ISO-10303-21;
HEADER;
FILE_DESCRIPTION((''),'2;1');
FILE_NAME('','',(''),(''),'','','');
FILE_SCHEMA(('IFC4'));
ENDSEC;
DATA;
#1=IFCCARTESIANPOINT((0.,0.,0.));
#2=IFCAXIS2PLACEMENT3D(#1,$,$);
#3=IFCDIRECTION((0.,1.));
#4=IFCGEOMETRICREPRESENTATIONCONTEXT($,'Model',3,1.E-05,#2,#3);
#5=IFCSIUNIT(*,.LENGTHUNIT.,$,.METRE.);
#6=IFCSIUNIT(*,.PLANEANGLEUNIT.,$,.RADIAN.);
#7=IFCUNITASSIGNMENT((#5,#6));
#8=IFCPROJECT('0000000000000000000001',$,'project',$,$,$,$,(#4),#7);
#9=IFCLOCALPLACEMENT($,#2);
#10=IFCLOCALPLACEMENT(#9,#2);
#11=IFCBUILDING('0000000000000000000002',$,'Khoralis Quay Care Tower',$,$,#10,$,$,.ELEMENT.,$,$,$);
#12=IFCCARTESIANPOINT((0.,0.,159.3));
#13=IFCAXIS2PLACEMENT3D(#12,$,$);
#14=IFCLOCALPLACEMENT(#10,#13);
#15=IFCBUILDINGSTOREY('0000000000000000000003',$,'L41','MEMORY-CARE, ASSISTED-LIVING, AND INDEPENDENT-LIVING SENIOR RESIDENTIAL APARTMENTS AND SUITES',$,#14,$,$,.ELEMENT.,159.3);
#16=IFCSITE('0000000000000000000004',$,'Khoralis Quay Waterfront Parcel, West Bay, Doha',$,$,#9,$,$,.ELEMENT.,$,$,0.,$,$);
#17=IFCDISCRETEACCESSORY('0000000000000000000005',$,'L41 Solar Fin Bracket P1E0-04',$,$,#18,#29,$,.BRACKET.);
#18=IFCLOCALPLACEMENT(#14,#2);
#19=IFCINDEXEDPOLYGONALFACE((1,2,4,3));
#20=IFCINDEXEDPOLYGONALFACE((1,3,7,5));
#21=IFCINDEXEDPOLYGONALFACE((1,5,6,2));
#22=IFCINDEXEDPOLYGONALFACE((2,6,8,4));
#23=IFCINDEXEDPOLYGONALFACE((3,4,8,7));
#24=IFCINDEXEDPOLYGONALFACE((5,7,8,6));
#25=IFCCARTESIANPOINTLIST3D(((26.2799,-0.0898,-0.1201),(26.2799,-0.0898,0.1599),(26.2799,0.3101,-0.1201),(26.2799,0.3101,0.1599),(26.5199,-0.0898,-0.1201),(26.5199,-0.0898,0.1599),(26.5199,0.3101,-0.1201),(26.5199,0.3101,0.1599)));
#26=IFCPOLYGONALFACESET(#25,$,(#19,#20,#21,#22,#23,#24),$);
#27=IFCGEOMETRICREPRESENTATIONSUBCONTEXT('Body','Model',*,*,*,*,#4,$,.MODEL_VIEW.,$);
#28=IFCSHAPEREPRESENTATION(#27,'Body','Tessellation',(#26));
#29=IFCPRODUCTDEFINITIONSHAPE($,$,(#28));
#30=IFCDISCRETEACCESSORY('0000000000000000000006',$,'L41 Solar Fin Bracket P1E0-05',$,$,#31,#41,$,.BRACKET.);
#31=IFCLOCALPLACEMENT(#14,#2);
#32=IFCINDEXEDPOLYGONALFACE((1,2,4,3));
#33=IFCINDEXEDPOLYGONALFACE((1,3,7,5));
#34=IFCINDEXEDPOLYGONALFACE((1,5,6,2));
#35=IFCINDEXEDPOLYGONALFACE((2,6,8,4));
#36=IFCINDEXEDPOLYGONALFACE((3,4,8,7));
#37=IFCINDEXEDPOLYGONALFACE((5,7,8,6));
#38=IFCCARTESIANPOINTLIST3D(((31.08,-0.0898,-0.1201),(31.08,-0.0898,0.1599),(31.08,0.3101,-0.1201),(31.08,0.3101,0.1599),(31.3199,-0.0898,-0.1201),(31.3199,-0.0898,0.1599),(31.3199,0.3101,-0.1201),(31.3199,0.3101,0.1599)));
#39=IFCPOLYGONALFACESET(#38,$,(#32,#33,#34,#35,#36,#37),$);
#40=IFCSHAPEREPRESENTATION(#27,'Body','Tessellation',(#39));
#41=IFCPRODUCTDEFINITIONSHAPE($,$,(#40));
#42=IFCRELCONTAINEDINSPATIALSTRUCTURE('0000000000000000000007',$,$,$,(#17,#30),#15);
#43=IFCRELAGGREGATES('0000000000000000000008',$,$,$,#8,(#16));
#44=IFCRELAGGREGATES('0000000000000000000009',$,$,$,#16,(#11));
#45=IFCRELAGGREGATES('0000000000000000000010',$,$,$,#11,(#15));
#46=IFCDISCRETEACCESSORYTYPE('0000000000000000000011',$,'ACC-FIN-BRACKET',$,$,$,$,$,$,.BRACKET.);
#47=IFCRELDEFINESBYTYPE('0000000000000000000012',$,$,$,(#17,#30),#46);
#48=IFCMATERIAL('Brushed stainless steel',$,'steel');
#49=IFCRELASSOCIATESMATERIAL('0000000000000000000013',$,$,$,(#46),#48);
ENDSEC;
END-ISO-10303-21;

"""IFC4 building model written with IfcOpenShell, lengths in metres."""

from ifc_helpers import new_model, si_unit, direction, frame, origin, origin_2d, place, context, subcontext, project, spatial, rectangle, extrude, source, transform, mapped, material, type_object, element, save


model = new_model("IFC4")

# Units and contexts
model_context = context("Model", 3, precision=1e-05, world=origin(), true_north=direction((0.0, 1.0)))
body_context = subcontext(model_context, "Body", "Model", "MODEL_VIEW")
ifc_project = project(units=[si_unit("LENGTHUNIT", "METRE"), si_unit("PLANEANGLEUNIT", "RADIAN")], contexts=[model_context])

# Site, building, storey
site_placement = place(None, origin())
site = spatial("IfcSite", under=ifc_project, at=site_placement, Name="Khoralis Quay Waterfront Parcel, West Bay, Doha", CompositionType="ELEMENT", RefElevation=0.0)
building_placement = place(site_placement, origin())
building = spatial("IfcBuilding", under=site, at=building_placement, Name="Khoralis Quay Care Tower", CompositionType="ELEMENT")
storey_placement = place(building_placement, frame((0.0, 0.0, 159.3)))
storey = spatial("IfcBuildingStorey", under=building, at=storey_placement, Name="L41", Description="MEMORY-CARE, ASSISTED-LIVING, AND INDEPENDENT-LIVING SENIOR RESIDENTIAL APARTMENTS AND SUITES", CompositionType="ELEMENT", Elevation=159.3)

# Discrete accessories
ifc_material_1 = material(Name="Brushed stainless steel", Category="steel")
discrete_accessory_type = type_object("IfcDiscreteAccessoryType", Name="ACC-FIN-BRACKET", PredefinedType="BRACKET", material=ifc_material_1)
shared_shape_1 = source(origin(), body_context, "Body", "SweptSolid", [
    extrude(rectangle(XDim=0.3999, YDim=0.24, at=origin_2d()), origin(), (0.0, 0.0, 1.0), 0.28),
])
for number, where, z_axis, x_axis, name in (
    (1, (26.3999, 0.1101, -0.1201), (0.0, 0.0, 1.0), (0.0, -1.0, 0.0), "L41 Solar Fin Bracket P1E0-04"),
    (2, (31.2, 0.1101, -0.1201), (0.0, 0.0, 1.0), (0.0, -1.0, 0.0), "L41 Solar Fin Bracket P1E0-05"),
):
    element("IfcDiscreteAccessory", number, at=place(storey_placement, frame(where, z_axis=z_axis, x_axis=x_axis)), inside=storey, type_object=discrete_accessory_type, Name=name, PredefinedType="BRACKET", context=body_context, shape_type="MappedRepresentation", body=[
        mapped(shared_shape_1, transform((0.0, 0.0, 0.0), scale=1.0)),
    ])

save(model, "model.ifc")
